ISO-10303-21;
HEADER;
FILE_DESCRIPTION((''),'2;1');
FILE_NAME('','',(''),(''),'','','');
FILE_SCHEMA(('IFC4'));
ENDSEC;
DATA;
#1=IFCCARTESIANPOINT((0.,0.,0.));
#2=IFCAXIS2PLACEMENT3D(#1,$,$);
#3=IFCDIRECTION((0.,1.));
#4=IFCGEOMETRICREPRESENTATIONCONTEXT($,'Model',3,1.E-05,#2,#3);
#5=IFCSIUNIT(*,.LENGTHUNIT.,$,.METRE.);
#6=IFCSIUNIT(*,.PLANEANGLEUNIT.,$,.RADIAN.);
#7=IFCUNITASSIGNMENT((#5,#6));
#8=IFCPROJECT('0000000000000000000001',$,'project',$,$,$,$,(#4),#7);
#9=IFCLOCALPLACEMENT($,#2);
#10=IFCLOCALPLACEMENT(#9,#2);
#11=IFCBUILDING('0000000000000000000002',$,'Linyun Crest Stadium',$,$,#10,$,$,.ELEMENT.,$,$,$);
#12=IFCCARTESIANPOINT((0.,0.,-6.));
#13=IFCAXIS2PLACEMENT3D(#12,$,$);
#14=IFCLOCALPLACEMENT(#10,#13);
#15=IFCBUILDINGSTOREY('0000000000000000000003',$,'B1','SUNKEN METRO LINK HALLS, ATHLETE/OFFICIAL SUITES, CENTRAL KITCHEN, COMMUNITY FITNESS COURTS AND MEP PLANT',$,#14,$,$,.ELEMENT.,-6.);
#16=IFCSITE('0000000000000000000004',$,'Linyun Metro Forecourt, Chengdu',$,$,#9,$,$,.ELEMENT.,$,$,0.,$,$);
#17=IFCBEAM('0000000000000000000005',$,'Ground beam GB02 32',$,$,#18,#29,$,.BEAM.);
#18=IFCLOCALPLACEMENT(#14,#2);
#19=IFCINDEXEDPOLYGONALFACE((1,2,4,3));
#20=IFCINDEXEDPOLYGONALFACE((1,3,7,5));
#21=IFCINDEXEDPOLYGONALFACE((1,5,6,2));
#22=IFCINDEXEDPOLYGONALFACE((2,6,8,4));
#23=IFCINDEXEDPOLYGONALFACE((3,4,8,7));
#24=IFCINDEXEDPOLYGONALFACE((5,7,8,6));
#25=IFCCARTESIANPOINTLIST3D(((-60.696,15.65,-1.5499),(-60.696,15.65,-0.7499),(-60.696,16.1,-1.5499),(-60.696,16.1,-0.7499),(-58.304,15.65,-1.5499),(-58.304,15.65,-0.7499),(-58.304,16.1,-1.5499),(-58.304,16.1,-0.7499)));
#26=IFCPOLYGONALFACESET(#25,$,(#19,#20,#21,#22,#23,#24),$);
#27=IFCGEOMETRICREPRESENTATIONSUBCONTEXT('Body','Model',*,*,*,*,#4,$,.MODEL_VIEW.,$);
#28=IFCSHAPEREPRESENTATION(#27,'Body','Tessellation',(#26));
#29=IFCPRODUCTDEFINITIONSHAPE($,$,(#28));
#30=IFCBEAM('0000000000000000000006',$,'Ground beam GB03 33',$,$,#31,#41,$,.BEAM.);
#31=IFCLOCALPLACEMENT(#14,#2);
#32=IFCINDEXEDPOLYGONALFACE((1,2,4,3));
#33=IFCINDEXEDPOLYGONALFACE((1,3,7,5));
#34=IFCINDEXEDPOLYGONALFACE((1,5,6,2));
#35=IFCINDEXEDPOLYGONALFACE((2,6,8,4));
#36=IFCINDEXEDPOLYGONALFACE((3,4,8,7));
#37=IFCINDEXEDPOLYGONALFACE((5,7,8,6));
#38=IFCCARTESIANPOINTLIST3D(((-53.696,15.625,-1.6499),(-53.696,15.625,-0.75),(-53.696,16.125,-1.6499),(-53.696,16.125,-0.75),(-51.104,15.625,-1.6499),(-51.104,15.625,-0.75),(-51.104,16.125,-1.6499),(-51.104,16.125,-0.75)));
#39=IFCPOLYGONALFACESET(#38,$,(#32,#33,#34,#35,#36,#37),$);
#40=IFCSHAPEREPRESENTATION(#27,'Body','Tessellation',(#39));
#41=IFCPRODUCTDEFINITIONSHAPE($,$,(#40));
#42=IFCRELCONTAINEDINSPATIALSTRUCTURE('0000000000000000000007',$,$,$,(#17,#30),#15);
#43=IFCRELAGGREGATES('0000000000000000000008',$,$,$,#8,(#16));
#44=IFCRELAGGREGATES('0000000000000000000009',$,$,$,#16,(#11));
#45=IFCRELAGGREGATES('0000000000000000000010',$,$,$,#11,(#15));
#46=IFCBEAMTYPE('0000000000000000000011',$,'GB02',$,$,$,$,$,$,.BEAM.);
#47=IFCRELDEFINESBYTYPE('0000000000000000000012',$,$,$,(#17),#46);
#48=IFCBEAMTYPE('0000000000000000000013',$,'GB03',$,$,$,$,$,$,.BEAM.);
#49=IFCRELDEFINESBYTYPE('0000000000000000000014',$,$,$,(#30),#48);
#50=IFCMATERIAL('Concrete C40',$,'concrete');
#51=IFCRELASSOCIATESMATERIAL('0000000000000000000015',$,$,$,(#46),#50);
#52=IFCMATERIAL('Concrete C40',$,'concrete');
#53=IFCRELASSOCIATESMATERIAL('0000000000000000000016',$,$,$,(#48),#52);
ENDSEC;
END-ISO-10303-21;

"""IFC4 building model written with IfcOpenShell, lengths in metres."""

from ifc_helpers import new_model, si_unit, direction, frame, origin, origin_2d, place, context, subcontext, project, spatial, rectangle, extrude, material, material_profile, profile_set, type_object, element, save


model = new_model("IFC4")

# Units and contexts
model_context = context("Model", 3, precision=1e-05, world=origin(), true_north=direction((0.0, 1.0)))
body_context = subcontext(model_context, "Body", "Model", "MODEL_VIEW")
ifc_project = project(units=[si_unit("LENGTHUNIT", "METRE"), si_unit("PLANEANGLEUNIT", "RADIAN")], contexts=[model_context])

# Site, building, storey
site_placement = place(None, origin())
site = spatial("IfcSite", under=ifc_project, at=site_placement, Name="Linyun Metro Forecourt, Chengdu", CompositionType="ELEMENT", RefElevation=0.0)
building_placement = place(site_placement, origin())
building = spatial("IfcBuilding", under=site, at=building_placement, Name="Linyun Crest Stadium", CompositionType="ELEMENT")
storey_placement = place(building_placement, frame((0.0, 0.0, -6.0)))
storey = spatial("IfcBuildingStorey", under=building, at=storey_placement, Name="B1", Description="SUNKEN METRO LINK HALLS, ATHLETE/OFFICIAL SUITES, CENTRAL KITCHEN, COMMUNITY FITNESS COURTS AND MEP PLANT", CompositionType="ELEMENT", Elevation=-6.0)

# Beams
ifc_material_1 = material(Name="Concrete C40", Category="concrete")
ifc_material_profile_1 = material_profile(ifc_material_1, rectangle(XDim=0.45, YDim=0.8, at=origin_2d()), Name="RCB 800x450")
ifc_profile_set_1 = profile_set([ifc_material_profile_1], Name="Concrete C40")
beam_type_1 = type_object("IfcBeamType", Name="GB02", PredefinedType="BEAM", material=ifc_profile_set_1)
beam_1_placement = place(storey_placement, frame((-60.696, 15.875, -1.1499), z_axis=(1.0, 0.0, 0.0), x_axis=(0.0, 1.0, 0.0)))
element("IfcBeam", 1, at=beam_1_placement, inside=storey, type_object=beam_type_1, Name="Ground beam GB02 32", PredefinedType="BEAM", context=body_context, shape_type="SweptSolid", body=[
    extrude(rectangle(XDim=0.45, YDim=0.8, at=origin_2d()), origin(), (0.0, 0.0, 1.0), 2.3921),
])
ifc_material_2 = material(Name="Concrete C40", Category="concrete")
ifc_material_profile_2 = material_profile(ifc_material_2, rectangle(XDim=0.5, YDim=0.8999, at=origin_2d()), Name="RCB 900x500")
ifc_profile_set_2 = profile_set([ifc_material_profile_2], Name="Concrete C40")
beam_type_2 = type_object("IfcBeamType", Name="GB03", PredefinedType="BEAM", material=ifc_profile_set_2)
beam_2_placement = place(storey_placement, frame((-53.696, 15.875, -1.2), z_axis=(1.0, 0.0, 0.0), x_axis=(0.0, 1.0, 0.0)))
element("IfcBeam", 2, at=beam_2_placement, inside=storey, type_object=beam_type_2, Name="Ground beam GB03 33", PredefinedType="BEAM", context=body_context, shape_type="SweptSolid", body=[
    extrude(rectangle(XDim=0.5, YDim=0.8999, at=origin_2d()), origin(), (0.0, 0.0, 1.0), 2.592),
])

save(model, "model.ifc")
